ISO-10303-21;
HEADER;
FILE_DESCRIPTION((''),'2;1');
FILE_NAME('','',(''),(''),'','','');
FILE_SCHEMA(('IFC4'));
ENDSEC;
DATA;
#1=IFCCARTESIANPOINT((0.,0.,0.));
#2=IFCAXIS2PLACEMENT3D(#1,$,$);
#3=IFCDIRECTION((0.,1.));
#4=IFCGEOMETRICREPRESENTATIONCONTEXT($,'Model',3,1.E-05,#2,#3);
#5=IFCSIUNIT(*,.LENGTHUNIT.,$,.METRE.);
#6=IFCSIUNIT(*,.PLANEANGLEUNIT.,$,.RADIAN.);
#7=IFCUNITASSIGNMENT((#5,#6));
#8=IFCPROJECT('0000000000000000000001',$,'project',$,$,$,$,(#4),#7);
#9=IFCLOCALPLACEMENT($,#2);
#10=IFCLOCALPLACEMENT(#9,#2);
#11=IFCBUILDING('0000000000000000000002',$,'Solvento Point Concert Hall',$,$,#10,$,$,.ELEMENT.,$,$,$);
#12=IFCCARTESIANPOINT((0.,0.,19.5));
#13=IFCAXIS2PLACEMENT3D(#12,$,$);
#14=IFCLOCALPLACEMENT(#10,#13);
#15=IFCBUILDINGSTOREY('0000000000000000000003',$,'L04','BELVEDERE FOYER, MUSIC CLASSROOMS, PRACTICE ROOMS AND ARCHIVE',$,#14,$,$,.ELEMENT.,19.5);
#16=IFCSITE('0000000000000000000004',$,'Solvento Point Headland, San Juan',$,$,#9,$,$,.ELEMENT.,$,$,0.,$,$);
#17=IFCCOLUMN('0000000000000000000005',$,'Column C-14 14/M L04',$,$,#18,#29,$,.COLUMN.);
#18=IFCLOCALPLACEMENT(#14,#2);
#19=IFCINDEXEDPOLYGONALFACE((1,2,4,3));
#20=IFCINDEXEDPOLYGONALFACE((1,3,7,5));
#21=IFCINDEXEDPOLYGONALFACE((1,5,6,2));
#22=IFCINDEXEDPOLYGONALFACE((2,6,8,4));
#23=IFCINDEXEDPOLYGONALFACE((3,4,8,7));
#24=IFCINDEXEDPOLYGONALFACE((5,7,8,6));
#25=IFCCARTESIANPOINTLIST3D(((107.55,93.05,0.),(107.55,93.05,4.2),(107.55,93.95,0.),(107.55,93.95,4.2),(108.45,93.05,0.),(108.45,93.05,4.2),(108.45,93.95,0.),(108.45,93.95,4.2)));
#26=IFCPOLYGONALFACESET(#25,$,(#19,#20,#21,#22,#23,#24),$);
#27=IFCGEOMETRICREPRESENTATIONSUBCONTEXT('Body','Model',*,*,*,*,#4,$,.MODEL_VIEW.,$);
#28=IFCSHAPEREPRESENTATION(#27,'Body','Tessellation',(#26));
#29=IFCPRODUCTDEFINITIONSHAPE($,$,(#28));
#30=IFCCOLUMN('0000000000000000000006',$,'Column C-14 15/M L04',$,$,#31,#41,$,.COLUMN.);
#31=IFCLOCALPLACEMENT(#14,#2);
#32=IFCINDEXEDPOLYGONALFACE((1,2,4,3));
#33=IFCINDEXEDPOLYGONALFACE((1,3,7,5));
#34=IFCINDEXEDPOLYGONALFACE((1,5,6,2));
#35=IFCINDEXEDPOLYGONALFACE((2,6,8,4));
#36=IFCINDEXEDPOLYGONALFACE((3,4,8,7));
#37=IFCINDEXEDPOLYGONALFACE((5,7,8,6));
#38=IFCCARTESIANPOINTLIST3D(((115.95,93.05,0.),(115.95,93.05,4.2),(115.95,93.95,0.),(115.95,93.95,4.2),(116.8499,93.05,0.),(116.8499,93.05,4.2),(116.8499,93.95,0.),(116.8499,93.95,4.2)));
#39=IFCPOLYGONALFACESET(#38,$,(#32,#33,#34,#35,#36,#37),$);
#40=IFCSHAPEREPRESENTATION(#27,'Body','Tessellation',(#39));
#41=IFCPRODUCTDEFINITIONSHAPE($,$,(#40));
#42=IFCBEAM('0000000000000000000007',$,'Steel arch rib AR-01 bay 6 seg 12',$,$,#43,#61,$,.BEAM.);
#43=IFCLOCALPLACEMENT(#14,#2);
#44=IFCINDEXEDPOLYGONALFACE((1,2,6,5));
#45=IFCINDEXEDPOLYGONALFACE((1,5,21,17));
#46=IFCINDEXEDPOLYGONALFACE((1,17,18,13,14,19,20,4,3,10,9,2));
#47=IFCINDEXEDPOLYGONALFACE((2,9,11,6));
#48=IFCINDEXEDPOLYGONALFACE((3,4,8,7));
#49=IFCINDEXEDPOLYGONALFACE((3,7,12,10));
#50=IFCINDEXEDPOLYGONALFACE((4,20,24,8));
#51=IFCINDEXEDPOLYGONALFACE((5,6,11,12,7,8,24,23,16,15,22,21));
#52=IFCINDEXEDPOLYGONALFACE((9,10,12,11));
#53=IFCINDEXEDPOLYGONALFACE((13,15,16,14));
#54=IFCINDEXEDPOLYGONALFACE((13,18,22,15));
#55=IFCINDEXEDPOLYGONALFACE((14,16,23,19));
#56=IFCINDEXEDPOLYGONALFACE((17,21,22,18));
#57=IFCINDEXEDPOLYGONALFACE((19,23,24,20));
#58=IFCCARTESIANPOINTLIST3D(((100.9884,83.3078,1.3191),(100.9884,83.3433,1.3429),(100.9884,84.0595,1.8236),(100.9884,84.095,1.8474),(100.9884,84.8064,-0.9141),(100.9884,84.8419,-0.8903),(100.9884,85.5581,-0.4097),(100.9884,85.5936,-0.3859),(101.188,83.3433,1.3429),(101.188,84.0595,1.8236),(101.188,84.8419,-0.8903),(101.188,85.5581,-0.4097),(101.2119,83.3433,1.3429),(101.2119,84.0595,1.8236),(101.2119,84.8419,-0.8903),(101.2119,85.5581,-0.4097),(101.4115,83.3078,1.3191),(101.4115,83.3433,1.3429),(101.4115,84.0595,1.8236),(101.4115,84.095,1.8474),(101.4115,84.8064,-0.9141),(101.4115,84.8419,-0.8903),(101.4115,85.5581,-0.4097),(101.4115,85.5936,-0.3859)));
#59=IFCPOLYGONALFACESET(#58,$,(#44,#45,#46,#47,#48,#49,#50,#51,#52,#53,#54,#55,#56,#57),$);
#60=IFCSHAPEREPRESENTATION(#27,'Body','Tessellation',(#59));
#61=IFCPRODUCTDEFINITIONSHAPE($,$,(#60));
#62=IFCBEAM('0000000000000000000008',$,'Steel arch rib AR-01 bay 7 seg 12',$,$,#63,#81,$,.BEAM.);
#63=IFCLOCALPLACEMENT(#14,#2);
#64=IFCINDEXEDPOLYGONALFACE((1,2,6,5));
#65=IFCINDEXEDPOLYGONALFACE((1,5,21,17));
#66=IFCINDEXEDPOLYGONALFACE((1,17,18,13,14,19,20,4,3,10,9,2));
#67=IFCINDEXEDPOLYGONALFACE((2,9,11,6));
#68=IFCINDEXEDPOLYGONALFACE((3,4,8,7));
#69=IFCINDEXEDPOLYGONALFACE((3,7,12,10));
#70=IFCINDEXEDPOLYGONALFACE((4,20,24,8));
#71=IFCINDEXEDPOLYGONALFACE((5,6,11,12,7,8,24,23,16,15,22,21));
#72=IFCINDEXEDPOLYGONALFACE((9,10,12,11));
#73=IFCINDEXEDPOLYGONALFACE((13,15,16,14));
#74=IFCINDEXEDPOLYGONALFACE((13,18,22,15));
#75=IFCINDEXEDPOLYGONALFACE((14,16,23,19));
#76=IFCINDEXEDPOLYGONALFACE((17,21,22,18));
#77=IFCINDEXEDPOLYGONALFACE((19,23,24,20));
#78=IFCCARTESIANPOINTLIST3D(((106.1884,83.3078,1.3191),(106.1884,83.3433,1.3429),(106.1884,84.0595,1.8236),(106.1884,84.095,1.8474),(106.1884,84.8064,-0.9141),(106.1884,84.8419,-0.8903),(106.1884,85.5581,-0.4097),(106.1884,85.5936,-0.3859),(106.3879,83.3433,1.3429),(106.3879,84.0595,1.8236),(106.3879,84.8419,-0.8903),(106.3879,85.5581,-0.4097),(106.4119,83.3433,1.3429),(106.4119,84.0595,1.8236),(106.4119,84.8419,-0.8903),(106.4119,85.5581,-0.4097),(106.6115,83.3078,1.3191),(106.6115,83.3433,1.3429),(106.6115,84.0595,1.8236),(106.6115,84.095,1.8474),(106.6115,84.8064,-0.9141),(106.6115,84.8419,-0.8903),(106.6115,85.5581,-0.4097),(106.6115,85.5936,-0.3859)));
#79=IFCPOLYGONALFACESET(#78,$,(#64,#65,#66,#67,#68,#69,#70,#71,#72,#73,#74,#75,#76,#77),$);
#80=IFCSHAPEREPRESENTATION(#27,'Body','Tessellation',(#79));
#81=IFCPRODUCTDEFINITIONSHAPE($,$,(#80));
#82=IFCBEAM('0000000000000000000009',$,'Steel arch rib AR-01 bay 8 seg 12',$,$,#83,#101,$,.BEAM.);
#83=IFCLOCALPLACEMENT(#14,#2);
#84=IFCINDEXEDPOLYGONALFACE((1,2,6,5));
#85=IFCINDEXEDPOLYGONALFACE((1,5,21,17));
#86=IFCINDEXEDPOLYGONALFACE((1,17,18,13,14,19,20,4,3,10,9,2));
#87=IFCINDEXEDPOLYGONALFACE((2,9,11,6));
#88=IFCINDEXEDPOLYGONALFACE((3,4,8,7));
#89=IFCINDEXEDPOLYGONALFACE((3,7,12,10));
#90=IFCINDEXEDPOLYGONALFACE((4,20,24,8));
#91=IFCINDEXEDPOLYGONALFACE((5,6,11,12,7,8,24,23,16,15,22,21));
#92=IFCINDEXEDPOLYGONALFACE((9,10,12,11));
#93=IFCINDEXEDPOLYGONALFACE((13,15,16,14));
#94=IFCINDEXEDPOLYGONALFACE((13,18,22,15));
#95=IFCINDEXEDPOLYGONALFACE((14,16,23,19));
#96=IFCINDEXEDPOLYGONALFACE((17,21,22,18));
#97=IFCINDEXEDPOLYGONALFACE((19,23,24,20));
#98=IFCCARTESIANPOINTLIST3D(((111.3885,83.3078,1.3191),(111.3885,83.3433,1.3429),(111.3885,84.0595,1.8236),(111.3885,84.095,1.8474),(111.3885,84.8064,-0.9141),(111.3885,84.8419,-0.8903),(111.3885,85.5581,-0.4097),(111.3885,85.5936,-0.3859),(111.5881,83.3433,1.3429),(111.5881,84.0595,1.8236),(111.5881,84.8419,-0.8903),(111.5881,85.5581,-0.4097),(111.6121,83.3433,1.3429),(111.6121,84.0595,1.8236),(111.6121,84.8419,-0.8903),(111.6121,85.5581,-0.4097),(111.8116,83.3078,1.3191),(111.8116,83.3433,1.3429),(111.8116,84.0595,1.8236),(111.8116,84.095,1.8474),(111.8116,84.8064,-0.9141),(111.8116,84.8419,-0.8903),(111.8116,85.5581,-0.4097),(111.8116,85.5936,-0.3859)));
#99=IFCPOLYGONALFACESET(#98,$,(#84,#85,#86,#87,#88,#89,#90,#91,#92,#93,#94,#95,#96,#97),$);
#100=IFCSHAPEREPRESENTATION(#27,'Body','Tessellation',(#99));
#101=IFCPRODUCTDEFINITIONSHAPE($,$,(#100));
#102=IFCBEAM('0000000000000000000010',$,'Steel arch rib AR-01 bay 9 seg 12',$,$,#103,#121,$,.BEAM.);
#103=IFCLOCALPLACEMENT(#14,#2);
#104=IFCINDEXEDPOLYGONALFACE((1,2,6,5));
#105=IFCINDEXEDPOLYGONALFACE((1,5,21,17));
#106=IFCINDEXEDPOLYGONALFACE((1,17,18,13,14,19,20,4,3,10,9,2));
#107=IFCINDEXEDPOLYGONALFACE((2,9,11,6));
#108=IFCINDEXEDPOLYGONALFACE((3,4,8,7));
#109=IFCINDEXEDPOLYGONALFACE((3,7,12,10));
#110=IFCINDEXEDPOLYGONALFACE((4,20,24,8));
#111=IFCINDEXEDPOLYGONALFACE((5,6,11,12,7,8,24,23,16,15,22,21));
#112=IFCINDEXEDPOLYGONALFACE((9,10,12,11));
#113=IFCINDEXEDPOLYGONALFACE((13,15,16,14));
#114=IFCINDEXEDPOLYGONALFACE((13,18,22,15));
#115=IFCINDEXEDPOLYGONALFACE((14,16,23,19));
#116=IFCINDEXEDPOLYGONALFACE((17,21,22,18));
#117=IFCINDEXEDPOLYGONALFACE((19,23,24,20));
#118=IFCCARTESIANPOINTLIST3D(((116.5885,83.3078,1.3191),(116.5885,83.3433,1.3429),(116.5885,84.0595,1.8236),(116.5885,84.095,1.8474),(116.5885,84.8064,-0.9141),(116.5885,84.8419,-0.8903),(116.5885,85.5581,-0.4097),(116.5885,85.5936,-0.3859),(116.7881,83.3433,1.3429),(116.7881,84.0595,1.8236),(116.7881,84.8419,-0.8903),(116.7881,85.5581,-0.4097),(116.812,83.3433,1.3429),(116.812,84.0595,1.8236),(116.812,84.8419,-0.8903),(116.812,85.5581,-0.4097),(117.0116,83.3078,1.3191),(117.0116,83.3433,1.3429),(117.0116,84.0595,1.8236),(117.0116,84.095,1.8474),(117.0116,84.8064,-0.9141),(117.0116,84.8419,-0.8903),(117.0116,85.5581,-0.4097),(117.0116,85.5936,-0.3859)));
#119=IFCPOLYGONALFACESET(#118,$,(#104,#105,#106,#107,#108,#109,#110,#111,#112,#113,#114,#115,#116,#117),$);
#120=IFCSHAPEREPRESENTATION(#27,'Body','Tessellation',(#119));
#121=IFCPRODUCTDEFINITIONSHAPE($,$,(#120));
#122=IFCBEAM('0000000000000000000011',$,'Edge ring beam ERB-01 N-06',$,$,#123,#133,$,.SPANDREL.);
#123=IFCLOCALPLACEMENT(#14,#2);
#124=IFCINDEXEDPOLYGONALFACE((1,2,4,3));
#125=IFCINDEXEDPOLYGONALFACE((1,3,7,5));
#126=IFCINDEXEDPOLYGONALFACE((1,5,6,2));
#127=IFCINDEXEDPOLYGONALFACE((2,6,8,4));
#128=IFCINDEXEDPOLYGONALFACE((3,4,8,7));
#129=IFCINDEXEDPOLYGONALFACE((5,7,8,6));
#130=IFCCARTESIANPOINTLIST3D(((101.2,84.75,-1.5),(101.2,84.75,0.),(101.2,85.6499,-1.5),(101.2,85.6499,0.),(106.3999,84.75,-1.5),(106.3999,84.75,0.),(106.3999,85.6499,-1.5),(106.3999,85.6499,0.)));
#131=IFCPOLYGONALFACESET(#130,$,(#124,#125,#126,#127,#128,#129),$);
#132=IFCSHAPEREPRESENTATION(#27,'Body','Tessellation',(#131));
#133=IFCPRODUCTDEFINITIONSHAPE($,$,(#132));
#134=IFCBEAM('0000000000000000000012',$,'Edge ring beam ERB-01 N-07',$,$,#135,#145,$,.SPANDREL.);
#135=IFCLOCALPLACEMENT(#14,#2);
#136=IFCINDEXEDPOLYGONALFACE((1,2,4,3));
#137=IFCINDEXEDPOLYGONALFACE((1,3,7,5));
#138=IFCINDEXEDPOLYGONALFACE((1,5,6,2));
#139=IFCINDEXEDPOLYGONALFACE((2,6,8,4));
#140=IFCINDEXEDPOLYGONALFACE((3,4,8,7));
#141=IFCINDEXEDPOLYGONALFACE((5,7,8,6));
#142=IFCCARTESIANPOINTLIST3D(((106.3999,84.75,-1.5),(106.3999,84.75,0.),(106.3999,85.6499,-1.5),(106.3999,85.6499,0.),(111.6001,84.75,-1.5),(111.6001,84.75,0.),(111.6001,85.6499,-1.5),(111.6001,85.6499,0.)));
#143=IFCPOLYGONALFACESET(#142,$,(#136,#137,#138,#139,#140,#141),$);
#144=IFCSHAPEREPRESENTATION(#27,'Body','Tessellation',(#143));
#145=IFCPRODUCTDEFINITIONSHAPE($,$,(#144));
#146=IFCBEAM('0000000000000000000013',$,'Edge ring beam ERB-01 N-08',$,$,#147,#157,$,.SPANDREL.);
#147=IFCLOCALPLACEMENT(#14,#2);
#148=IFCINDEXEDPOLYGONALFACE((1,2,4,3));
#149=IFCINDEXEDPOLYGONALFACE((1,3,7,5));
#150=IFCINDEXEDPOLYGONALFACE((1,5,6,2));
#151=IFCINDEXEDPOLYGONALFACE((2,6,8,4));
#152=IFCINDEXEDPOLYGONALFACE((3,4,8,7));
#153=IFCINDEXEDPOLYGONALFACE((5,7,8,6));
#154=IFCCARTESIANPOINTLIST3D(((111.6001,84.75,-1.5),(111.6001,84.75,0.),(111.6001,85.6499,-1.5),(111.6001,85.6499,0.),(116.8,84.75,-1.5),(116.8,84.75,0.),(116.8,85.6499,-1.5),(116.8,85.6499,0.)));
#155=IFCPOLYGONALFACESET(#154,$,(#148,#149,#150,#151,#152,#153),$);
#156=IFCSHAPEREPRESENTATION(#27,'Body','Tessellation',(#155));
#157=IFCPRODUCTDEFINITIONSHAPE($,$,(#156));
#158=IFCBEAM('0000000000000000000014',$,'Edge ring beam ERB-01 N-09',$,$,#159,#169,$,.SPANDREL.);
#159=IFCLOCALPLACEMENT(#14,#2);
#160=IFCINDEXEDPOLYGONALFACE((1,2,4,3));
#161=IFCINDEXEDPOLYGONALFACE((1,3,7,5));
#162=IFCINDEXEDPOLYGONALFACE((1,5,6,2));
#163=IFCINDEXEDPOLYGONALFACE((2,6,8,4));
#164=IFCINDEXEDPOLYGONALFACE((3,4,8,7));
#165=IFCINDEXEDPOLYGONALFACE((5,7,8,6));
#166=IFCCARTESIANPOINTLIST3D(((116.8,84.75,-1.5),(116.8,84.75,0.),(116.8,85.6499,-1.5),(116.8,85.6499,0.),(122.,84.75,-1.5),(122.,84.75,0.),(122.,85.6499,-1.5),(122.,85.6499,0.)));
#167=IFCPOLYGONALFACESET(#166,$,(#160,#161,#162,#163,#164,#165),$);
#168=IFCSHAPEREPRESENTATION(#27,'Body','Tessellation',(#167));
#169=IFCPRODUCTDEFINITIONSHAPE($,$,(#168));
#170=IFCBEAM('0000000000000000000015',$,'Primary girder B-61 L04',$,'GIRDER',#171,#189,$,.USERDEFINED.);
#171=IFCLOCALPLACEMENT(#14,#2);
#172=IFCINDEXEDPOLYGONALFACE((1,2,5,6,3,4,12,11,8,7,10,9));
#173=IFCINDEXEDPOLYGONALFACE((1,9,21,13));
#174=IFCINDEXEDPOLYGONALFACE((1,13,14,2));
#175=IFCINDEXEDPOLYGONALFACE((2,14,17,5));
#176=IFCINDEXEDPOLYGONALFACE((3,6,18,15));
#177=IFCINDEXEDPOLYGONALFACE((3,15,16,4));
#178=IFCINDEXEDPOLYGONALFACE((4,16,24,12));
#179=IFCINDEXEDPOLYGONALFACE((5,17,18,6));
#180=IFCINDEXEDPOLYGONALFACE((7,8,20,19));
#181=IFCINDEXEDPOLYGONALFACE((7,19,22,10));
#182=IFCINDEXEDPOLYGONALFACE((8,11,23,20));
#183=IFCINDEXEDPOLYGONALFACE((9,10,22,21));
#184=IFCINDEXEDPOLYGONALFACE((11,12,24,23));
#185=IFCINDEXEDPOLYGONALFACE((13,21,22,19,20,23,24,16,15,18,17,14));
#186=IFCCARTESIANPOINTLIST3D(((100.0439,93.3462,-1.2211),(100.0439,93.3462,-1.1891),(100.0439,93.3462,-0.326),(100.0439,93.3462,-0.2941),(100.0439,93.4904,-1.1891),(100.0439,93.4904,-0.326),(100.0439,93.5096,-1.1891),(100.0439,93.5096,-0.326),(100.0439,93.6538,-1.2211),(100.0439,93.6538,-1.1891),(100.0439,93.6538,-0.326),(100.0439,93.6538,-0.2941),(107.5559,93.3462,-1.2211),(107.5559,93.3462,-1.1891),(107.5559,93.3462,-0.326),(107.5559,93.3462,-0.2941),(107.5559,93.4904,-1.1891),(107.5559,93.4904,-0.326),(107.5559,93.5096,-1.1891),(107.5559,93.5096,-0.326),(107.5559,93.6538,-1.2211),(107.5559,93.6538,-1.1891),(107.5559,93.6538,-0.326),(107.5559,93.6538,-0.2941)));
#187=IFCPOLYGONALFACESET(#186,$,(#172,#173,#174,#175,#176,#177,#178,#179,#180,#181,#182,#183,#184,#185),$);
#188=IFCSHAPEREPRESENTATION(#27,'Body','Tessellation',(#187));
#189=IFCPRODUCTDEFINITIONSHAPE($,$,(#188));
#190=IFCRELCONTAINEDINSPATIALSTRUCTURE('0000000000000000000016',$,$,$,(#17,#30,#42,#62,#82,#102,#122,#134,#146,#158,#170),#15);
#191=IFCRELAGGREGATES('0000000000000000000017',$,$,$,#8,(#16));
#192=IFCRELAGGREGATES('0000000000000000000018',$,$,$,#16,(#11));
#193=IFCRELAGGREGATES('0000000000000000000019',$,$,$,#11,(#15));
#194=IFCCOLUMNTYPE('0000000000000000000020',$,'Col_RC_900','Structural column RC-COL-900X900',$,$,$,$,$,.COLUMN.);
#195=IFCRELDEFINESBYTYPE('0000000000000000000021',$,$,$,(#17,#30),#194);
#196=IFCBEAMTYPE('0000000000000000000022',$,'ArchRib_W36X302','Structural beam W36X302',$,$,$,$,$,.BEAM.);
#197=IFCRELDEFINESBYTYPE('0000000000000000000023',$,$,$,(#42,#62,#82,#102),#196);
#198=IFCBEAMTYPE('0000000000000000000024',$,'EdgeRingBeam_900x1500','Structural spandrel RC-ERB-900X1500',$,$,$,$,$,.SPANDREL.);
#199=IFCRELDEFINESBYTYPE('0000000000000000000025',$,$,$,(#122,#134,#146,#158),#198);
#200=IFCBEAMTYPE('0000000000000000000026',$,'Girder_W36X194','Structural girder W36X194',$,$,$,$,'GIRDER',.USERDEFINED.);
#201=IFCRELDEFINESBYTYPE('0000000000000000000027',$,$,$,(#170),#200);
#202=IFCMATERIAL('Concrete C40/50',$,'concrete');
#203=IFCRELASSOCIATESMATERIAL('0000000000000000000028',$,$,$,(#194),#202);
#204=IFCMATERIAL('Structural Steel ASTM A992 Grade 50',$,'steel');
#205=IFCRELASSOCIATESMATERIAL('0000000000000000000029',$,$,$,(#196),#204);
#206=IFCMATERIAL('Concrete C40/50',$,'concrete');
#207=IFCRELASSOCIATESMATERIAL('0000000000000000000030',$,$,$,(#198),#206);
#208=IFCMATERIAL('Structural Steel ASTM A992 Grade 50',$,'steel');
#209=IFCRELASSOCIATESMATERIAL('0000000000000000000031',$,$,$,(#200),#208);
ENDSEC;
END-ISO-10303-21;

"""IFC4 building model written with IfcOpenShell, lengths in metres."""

from ifc_helpers import new_model, si_unit, direction, frame, origin, origin_2d, place, context, subcontext, project, spatial, rectangle, i_section, extrude, material, material_profile, profile_set, type_object, element, save


model = new_model("IFC4")

# Units and contexts
model_context = context("Model", 3, precision=1e-05, world=origin(), true_north=direction((0.0, 1.0)))
body_context = subcontext(model_context, "Body", "Model", "MODEL_VIEW")
ifc_project = project(units=[si_unit("LENGTHUNIT", "METRE"), si_unit("PLANEANGLEUNIT", "RADIAN")], contexts=[model_context])

# Site, building, storey
site_placement = place(None, origin())
site = spatial("IfcSite", under=ifc_project, at=site_placement, Name="Solvento Point Headland, San Juan", CompositionType="ELEMENT", RefElevation=0.0)
building_placement = place(site_placement, origin())
building = spatial("IfcBuilding", under=site, at=building_placement, Name="Solvento Point Concert Hall", CompositionType="ELEMENT")
storey_placement = place(building_placement, frame((0.0, 0.0, 19.5)))
storey = spatial("IfcBuildingStorey", under=building, at=storey_placement, Name="L04", Description="BELVEDERE FOYER, MUSIC CLASSROOMS, PRACTICE ROOMS AND ARCHIVE", CompositionType="ELEMENT", Elevation=19.5)

# Columns
ifc_material_1 = material(Name="Concrete C40/50", Category="concrete")
ifc_material_profile_1 = material_profile(ifc_material_1, rectangle(XDim=0.8999, YDim=0.8999, at=origin_2d()), Name="RC-COL-900X900")
ifc_profile_set_1 = profile_set([ifc_material_profile_1], Name="Concrete C40/50")
column_type = type_object("IfcColumnType", Name="Col_RC_900", Description="Structural column RC-COL-900X900", PredefinedType="COLUMN", material=ifc_profile_set_1)
for number, where, z_axis, x_axis, name in (
    (1, (108.0, 93.5, 0.0), (0.0, 0.0, 1.0), (1.0, 0.0, 0.0), "Column C-14 14/M L04"),
    (2, (116.3999, 93.5, 0.0), (0.0, 0.0, 1.0), (1.0, 0.0, 0.0), "Column C-14 15/M L04"),
):
    element("IfcColumn", number, at=place(storey_placement, frame(where, z_axis=z_axis, x_axis=x_axis)), inside=storey, type_object=column_type, Name=name, PredefinedType="COLUMN", context=body_context, shape_type="SweptSolid", body=[
        extrude(rectangle(XDim=0.8999, YDim=0.8999, at=origin_2d()), origin(), (0.0, 0.0, 1.0), 4.2),
    ])

# Beams
ifc_material_2 = material(Name="Structural Steel ASTM A992 Grade 50", Category="steel")
ifc_material_profile_2 = material_profile(ifc_material_2, i_section(OverallWidth=0.4231, OverallDepth=0.948, WebThickness=0.0239, FlangeThickness=0.0427, at=origin_2d()), Name="W36X302")
ifc_profile_set_2 = profile_set([ifc_material_profile_2], Name="Structural Steel ASTM A992 Grade 50")
beam_type_1 = type_object("IfcBeamType", Name="ArchRib_W36X302", Description="Structural beam W36X302", PredefinedType="BEAM", material=ifc_profile_set_2)
for number, where, z_axis, x_axis, name in (
    (3, (101.2, 83.7014, 1.5833), (0.0, 0.557212, -0.830371), (-1.0, 0.0, 0.0), "Steel arch rib AR-01 bay 6 seg 12"),
    (4, (106.3999, 83.7014, 1.5833), (0.0, 0.557212, -0.830371), (-1.0, 0.0, 0.0), "Steel arch rib AR-01 bay 7 seg 12"),
    (5, (111.6001, 83.7014, 1.5833), (0.0, 0.557212, -0.830371), (-1.0, 0.0, 0.0), "Steel arch rib AR-01 bay 8 seg 12"),
    (6, (116.8, 83.7014, 1.5833), (0.0, 0.557212, -0.830371), (-1.0, 0.0, 0.0), "Steel arch rib AR-01 bay 9 seg 12"),
):
    element("IfcBeam", number, at=place(storey_placement, frame(where, z_axis=z_axis, x_axis=x_axis)), inside=storey, type_object=beam_type_1, Name=name, PredefinedType="BEAM", context=body_context, shape_type="SweptSolid", body=[
        extrude(i_section(OverallWidth=0.4231, OverallDepth=0.948, WebThickness=0.0239, FlangeThickness=0.0427, at=origin_2d()), origin(), (0.0, 0.0, 1.0), 2.6895),
    ])
ifc_material_3 = material(Name="Concrete C40/50", Category="concrete")
ifc_material_profile_3 = material_profile(ifc_material_3, rectangle(XDim=0.8999, YDim=1.5, at=origin_2d()), Name="RC-ERB-900X1500")
ifc_profile_set_3 = profile_set([ifc_material_profile_3], Name="Concrete C40/50")
beam_type_2 = type_object("IfcBeamType", Name="EdgeRingBeam_900x1500", Description="Structural spandrel RC-ERB-900X1500", PredefinedType="SPANDREL", material=ifc_profile_set_3)
beam_1_placement = place(storey_placement, frame((101.2, 85.2, -0.75), z_axis=(1.0, 0.0, 0.0), x_axis=(0.0, 1.0, 0.0)))
element("IfcBeam", 7, at=beam_1_placement, inside=storey, type_object=beam_type_2, Name="Edge ring beam ERB-01 N-06", PredefinedType="SPANDREL", context=body_context, shape_type="SweptSolid", body=[
    extrude(rectangle(XDim=0.8999, YDim=1.5, at=origin_2d()), origin(), (0.0, 0.0, 1.0), 5.2),
])
beam_2_placement = place(storey_placement, frame((106.3999, 85.2, -0.75), z_axis=(1.0, 0.0, 0.0), x_axis=(0.0, 1.0, 0.0)))
element("IfcBeam", 8, at=beam_2_placement, inside=storey, type_object=beam_type_2, Name="Edge ring beam ERB-01 N-07", PredefinedType="SPANDREL", context=body_context, shape_type="SweptSolid", body=[
    extrude(rectangle(XDim=0.8999, YDim=1.5, at=origin_2d()), origin(), (0.0, 0.0, 1.0), 5.2002),
])
for number, where, z_axis, x_axis, name in (
    (9, (111.6001, 85.2, -0.75), (1.0, 0.0, 0.0), (0.0, 1.0, 0.0), "Edge ring beam ERB-01 N-08"),
    (10, (116.8, 85.2, -0.75), (1.0, 0.0, 0.0), (0.0, 1.0, 0.0), "Edge ring beam ERB-01 N-09"),
):
    element("IfcBeam", number, at=place(storey_placement, frame(where, z_axis=z_axis, x_axis=x_axis)), inside=storey, type_object=beam_type_2, Name=name, PredefinedType="SPANDREL", context=body_context, shape_type="SweptSolid", body=[
        extrude(rectangle(XDim=0.8999, YDim=1.5, at=origin_2d()), origin(), (0.0, 0.0, 1.0), 5.2),
    ])
ifc_material_4 = material(Name="Structural Steel ASTM A992 Grade 50", Category="steel")
ifc_material_profile_4 = material_profile(ifc_material_4, i_section(OverallWidth=0.3076, OverallDepth=0.927, WebThickness=0.0193, FlangeThickness=0.032, at=origin_2d()), Name="W36X194")
ifc_profile_set_4 = profile_set([ifc_material_profile_4], Name="Structural Steel ASTM A992 Grade 50")
beam_type_3 = type_object("IfcBeamType", Name="Girder_W36X194", Description="Structural girder W36X194", ElementType="GIRDER", PredefinedType="USERDEFINED", material=ifc_profile_set_4)
beam_3_placement = place(storey_placement, frame((100.0439, 93.5, -0.7576), z_axis=(1.0, 0.0, 0.0), x_axis=(0.0, 1.0, 0.0)))
element("IfcBeam", 11, at=beam_3_placement, inside=storey, type_object=beam_type_3, Name="Primary girder B-61 L04", ObjectType="GIRDER", PredefinedType="USERDEFINED", context=body_context, shape_type="SweptSolid", body=[
    extrude(i_section(OverallWidth=0.3076, OverallDepth=0.927, WebThickness=0.0193, FlangeThickness=0.032, at=origin_2d()), origin(), (0.0, 0.0, 1.0), 7.512),
])

save(model, "model.ifc")
